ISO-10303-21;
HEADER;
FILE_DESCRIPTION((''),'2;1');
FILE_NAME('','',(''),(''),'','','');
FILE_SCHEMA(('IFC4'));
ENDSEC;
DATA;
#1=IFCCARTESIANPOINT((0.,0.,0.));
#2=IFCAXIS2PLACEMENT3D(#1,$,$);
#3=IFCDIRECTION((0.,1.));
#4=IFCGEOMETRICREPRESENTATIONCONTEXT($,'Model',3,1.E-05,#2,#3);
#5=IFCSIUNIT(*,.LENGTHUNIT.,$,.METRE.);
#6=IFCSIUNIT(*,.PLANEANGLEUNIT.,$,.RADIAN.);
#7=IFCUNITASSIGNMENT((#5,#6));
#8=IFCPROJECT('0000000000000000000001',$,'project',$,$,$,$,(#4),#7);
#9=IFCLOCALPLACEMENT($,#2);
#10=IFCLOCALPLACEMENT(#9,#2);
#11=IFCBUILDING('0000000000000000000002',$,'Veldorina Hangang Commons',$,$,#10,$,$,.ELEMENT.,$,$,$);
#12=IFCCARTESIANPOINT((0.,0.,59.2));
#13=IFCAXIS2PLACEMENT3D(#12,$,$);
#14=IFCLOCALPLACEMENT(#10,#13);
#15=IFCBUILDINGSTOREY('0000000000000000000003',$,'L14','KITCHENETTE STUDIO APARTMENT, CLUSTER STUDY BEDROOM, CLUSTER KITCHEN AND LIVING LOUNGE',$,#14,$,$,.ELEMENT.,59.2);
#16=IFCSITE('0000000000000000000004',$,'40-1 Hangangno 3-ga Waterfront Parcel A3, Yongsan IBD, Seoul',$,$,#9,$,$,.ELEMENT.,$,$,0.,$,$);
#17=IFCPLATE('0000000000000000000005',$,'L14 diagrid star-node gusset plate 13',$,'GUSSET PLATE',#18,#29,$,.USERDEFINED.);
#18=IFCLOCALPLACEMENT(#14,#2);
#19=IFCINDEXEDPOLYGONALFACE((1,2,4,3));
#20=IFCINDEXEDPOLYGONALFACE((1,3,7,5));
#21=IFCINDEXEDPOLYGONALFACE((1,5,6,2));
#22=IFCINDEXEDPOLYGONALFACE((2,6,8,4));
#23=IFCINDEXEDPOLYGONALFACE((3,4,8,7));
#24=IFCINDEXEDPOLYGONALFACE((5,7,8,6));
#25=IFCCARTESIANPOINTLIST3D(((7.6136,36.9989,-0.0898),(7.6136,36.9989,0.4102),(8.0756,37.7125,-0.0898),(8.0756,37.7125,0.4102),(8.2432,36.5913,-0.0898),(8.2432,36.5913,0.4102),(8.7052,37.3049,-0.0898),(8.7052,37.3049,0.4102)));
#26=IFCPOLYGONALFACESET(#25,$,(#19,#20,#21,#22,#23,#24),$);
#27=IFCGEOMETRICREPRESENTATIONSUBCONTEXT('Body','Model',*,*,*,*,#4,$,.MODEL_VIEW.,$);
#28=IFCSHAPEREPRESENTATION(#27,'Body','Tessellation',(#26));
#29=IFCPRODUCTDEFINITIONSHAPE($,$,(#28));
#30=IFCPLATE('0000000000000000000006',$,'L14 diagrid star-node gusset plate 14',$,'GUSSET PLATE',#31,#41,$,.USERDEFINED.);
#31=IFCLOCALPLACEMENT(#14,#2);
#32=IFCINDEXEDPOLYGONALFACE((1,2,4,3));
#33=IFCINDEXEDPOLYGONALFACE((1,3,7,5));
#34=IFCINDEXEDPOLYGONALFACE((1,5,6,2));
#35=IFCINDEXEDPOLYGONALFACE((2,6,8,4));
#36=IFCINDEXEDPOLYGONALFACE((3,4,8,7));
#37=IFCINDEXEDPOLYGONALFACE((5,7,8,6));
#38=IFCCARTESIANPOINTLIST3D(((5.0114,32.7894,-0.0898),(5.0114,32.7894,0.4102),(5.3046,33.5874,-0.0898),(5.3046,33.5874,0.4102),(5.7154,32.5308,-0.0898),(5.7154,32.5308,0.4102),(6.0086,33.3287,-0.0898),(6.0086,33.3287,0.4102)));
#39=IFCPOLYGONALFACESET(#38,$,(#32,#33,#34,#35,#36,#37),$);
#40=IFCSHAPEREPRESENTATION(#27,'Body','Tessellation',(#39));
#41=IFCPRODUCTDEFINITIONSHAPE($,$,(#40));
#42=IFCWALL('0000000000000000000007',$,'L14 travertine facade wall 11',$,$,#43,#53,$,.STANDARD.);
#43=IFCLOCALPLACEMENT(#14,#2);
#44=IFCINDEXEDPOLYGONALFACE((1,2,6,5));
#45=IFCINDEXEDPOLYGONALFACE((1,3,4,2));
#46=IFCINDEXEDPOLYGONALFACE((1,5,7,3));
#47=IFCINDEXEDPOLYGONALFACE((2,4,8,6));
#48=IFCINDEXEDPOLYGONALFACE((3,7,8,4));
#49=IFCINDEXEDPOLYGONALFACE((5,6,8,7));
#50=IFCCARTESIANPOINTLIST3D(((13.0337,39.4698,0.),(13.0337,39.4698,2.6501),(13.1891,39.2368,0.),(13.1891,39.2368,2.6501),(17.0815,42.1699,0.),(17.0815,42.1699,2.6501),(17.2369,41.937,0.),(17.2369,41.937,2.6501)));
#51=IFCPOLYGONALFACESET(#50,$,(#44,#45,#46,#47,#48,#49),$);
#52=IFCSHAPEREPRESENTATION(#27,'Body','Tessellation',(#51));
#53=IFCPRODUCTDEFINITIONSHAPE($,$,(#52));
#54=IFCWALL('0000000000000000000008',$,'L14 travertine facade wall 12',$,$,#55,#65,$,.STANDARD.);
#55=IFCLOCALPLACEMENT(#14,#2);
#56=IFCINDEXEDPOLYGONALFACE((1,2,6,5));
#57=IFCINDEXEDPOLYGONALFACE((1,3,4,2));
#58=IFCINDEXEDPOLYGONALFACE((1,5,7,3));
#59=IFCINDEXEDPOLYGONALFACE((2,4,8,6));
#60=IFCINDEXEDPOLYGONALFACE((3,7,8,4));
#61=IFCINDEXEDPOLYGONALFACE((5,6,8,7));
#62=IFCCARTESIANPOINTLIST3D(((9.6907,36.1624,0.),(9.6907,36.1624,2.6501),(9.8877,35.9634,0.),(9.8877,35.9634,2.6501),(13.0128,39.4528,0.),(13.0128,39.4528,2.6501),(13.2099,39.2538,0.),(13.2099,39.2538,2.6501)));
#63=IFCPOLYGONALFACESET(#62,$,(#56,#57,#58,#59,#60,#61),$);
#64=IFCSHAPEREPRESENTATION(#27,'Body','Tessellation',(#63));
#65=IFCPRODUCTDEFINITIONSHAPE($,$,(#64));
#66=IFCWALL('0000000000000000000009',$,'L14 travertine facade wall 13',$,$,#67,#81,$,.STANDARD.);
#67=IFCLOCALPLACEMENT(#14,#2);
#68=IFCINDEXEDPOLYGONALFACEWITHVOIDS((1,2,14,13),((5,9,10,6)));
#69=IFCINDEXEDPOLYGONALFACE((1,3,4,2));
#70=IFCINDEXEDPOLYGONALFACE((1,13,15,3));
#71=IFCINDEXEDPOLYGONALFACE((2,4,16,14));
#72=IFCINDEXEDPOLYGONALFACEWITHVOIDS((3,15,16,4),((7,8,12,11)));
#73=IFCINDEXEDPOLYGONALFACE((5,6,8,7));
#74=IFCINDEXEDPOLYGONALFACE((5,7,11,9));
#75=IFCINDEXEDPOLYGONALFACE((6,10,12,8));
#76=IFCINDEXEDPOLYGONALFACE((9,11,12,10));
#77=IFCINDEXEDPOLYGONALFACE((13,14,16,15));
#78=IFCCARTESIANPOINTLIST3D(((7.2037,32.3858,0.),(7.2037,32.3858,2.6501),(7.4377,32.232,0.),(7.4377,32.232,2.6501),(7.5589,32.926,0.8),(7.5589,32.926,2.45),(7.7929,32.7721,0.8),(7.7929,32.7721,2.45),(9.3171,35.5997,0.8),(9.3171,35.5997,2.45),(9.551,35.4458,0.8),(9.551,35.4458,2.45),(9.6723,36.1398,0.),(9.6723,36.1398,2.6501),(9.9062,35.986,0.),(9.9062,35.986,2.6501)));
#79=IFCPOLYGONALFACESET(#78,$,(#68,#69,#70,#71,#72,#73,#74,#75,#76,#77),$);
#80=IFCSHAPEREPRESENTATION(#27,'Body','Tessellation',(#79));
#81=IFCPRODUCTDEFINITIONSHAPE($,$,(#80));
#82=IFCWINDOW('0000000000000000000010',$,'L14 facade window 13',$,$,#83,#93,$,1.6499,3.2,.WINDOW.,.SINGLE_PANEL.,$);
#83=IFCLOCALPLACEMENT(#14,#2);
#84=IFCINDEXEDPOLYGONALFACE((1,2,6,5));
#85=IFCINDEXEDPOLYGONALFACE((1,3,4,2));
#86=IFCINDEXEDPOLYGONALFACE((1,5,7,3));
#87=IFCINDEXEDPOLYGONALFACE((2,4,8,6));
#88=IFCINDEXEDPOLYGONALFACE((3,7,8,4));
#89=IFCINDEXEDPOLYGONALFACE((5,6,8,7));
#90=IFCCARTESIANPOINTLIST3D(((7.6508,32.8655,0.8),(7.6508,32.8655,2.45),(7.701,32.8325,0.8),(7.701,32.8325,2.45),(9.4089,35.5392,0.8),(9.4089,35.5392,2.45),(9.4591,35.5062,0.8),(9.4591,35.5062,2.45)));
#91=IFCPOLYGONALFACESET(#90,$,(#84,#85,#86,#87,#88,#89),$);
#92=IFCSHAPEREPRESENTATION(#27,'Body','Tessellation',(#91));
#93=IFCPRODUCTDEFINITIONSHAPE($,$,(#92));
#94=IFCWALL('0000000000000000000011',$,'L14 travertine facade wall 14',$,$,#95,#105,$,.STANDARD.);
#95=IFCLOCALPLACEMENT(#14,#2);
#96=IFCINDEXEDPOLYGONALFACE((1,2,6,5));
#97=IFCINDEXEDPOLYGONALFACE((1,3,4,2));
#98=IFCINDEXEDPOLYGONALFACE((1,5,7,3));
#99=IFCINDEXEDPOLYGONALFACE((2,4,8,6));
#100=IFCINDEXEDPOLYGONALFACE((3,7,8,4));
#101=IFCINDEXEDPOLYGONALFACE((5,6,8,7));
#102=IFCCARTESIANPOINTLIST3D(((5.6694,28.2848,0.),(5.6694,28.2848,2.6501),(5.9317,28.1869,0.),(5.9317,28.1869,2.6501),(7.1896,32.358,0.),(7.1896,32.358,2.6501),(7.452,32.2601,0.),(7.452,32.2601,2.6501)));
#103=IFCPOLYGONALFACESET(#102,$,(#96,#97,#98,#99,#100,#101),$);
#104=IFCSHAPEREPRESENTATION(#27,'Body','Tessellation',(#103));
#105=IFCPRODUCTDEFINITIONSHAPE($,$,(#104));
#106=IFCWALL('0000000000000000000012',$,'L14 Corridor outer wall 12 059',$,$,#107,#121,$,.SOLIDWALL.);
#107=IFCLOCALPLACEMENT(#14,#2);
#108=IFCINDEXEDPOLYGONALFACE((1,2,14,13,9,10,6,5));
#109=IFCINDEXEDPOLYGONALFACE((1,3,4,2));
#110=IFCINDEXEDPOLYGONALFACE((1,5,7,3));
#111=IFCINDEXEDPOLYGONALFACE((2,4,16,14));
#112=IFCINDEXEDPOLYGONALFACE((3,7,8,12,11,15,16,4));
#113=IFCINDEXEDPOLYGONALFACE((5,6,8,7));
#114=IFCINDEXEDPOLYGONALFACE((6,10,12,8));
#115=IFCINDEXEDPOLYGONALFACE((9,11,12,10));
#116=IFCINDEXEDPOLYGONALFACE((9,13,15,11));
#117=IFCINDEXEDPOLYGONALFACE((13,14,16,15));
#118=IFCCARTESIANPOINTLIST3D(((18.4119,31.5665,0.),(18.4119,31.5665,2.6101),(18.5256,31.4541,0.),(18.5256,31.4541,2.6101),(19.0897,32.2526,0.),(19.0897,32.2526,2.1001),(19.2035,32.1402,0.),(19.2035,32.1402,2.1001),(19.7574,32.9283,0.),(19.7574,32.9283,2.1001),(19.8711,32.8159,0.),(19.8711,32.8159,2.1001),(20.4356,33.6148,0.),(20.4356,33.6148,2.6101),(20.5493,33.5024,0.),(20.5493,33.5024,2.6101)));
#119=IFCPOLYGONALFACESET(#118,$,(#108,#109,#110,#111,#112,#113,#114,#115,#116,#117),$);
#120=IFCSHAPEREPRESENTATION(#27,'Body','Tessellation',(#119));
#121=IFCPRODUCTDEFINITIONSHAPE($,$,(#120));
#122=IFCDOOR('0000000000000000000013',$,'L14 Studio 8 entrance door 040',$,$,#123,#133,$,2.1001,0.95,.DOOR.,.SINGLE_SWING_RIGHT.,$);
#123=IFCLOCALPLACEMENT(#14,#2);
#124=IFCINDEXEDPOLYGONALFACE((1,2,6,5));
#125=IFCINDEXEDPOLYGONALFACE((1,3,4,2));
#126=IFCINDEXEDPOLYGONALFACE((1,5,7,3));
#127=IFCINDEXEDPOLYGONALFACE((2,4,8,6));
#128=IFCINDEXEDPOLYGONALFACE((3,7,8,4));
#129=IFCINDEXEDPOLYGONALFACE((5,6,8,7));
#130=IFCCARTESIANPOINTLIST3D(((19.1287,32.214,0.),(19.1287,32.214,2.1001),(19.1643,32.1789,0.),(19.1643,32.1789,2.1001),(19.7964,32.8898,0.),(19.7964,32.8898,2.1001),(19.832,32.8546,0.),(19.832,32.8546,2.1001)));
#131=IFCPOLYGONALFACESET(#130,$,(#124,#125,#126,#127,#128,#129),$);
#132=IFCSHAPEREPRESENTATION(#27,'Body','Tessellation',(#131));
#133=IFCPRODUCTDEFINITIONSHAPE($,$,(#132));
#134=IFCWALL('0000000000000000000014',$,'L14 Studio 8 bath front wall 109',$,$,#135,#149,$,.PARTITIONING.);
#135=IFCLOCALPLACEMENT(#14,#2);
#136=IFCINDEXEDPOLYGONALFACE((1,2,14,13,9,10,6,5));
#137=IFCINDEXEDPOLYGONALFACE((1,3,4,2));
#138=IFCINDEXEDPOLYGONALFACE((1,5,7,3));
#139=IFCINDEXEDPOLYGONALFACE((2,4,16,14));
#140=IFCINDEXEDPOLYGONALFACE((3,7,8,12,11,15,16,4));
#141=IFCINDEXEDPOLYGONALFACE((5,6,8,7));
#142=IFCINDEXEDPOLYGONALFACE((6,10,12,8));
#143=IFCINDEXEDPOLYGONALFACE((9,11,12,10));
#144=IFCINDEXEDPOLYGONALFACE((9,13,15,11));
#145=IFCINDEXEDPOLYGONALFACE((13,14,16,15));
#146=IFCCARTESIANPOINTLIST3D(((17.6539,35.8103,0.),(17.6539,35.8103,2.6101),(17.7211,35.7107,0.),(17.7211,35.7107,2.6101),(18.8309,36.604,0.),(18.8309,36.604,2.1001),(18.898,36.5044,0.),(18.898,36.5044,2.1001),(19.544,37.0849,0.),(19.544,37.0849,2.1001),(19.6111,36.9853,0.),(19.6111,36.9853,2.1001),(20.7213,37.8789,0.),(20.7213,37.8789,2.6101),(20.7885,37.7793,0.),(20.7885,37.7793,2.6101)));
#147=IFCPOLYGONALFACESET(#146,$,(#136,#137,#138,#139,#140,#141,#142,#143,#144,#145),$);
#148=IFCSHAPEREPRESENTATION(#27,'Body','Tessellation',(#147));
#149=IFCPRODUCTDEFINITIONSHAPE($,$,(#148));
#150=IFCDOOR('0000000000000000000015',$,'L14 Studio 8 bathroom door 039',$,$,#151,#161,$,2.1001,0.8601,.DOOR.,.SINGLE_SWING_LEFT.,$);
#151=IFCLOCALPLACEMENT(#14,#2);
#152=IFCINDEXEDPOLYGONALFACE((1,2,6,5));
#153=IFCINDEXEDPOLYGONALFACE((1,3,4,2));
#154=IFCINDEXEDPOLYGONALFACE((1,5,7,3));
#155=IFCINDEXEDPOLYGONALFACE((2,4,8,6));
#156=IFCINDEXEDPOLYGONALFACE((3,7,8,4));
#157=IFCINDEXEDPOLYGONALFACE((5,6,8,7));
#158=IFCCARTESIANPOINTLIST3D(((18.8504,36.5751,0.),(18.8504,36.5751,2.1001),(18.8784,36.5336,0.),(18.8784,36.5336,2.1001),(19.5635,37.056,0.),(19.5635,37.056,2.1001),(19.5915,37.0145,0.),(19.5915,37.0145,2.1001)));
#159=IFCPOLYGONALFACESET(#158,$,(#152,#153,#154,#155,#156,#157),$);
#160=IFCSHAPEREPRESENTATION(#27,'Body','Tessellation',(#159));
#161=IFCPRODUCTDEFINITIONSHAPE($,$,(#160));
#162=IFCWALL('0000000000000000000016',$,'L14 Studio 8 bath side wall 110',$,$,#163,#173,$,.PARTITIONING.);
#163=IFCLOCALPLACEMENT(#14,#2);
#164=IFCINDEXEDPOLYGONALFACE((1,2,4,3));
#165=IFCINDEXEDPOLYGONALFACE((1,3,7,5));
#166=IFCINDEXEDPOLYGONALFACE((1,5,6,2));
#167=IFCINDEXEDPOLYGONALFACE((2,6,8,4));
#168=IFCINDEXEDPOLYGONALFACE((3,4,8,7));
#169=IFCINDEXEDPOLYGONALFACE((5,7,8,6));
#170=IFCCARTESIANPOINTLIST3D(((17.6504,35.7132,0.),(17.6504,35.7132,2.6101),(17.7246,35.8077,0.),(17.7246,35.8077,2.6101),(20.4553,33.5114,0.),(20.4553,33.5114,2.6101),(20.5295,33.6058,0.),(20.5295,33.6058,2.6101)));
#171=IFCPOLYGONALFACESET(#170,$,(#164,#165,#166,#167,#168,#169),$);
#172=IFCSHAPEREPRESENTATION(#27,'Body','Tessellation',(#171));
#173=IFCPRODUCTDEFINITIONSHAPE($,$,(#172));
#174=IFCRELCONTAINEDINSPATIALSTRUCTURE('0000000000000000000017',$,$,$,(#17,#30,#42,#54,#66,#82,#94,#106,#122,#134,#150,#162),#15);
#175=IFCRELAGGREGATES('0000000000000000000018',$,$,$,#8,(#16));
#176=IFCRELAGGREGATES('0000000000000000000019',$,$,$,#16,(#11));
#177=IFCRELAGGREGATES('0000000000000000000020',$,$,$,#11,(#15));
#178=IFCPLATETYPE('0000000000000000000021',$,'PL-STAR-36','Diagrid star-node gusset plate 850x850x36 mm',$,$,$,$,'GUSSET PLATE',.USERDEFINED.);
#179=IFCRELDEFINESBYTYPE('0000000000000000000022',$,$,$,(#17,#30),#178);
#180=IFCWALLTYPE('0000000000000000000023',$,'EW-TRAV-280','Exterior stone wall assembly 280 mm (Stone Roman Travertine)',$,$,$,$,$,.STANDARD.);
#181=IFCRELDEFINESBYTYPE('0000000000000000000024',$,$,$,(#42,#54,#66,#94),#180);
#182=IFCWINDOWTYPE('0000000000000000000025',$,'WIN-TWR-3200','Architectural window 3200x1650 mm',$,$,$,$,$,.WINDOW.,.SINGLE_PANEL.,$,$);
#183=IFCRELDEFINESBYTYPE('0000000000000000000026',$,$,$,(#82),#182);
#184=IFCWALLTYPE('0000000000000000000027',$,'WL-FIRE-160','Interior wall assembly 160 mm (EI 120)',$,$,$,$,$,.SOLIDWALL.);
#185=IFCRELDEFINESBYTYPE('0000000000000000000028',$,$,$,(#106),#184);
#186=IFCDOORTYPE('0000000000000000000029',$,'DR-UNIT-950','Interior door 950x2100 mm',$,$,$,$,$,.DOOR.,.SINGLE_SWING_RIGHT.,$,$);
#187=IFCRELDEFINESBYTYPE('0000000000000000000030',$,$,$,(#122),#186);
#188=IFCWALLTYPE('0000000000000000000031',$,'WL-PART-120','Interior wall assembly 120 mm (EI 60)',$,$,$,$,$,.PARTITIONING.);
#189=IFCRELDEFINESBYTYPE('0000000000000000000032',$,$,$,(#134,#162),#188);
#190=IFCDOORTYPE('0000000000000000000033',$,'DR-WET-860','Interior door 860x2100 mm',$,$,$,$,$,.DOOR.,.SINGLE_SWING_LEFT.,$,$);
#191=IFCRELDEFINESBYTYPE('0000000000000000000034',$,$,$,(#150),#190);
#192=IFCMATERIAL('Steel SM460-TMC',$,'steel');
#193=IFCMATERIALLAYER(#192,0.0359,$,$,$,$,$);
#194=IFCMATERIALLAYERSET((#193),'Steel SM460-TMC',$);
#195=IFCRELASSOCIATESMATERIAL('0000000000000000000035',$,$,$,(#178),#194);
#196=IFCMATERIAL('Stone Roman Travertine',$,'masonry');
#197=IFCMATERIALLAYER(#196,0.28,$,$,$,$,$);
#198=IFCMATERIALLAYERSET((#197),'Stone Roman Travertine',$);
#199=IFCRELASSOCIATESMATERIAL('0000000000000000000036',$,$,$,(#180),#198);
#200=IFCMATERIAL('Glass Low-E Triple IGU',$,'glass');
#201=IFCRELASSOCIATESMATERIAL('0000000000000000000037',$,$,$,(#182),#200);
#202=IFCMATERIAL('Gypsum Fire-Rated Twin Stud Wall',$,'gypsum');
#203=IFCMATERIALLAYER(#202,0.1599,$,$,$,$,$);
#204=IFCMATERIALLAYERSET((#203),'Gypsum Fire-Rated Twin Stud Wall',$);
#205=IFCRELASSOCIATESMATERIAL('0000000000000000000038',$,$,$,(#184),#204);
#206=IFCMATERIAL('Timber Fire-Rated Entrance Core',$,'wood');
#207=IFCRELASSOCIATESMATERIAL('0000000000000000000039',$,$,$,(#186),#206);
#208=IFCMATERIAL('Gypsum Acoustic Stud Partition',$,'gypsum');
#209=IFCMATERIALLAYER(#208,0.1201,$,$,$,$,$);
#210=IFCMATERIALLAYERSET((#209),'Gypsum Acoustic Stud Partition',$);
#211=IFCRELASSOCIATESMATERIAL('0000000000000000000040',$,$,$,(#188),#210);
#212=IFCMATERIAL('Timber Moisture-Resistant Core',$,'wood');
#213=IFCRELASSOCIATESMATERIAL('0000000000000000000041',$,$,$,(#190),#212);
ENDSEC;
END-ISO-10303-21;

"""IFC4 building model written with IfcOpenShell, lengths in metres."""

from ifc_helpers import new_model, si_unit, direction, frame, frame_2d, origin, origin_2d, place, context, subcontext, project, spatial, rectangle, extrude, material, layer, layer_set, type_object, element, fill, save


model = new_model("IFC4")

# Units and contexts
model_context = context("Model", 3, precision=1e-05, world=origin(), true_north=direction((0.0, 1.0)))
body_context = subcontext(model_context, "Body", "Model", "MODEL_VIEW")
ifc_project = project(units=[si_unit("LENGTHUNIT", "METRE"), si_unit("PLANEANGLEUNIT", "RADIAN")], contexts=[model_context])

# Site, building, storey
site_placement = place(None, origin())
site = spatial("IfcSite", under=ifc_project, at=site_placement, Name="40-1 Hangangno 3-ga Waterfront Parcel A3, Yongsan IBD, Seoul", CompositionType="ELEMENT", RefElevation=0.0)
building_placement = place(site_placement, origin())
building = spatial("IfcBuilding", under=site, at=building_placement, Name="Veldorina Hangang Commons", CompositionType="ELEMENT")
storey_placement = place(building_placement, frame((0.0, 0.0, 59.2)))
storey = spatial("IfcBuildingStorey", under=building, at=storey_placement, Name="L14", Description="KITCHENETTE STUDIO APARTMENT, CLUSTER STUDY BEDROOM, CLUSTER KITCHEN AND LIVING LOUNGE", CompositionType="ELEMENT", Elevation=59.2)

# Shared definitions
ifc_material_1 = material(Name="Steel SM460-TMC", Category="steel")

# Plates
ifc_layer_1 = layer(ifc_material_1, 0.0359)
ifc_layer_set_1 = layer_set([ifc_layer_1], Name="Steel SM460-TMC")
plate_type = type_object("IfcPlateType", Name="PL-STAR-36", Description="Diagrid star-node gusset plate 850x850x36 mm", ElementType="GUSSET PLATE", PredefinedType="USERDEFINED", material=ifc_layer_set_1)
for number, where, z_axis, x_axis, name in (
    (1, (8.1594, 37.1519, -0.0898), (0.0, 0.0, 1.0), (-0.543467, -0.83943, 0.0), "L14 diagrid star-node gusset plate 13"),
    (2, (5.51, 33.0591, -0.0898), (0.0, 0.0, 1.0), (-0.344889, -0.938644, 0.0), "L14 diagrid star-node gusset plate 14"),
):
    element("IfcPlate", number, at=place(storey_placement, frame(where, z_axis=z_axis, x_axis=x_axis)), inside=storey, type_object=plate_type, Name=name, ObjectType="GUSSET PLATE", PredefinedType="USERDEFINED", context=body_context, shape_type="SweptSolid", body=[
        extrude(rectangle(XDim=0.8501, YDim=0.75, at=origin_2d()), origin(), (0.0, 0.0, 1.0), 0.5),
    ])

# Walls
ifc_material_2 = material(Name="Stone Roman Travertine", Category="masonry")
ifc_layer_2 = layer(ifc_material_2, 0.28)
ifc_layer_set_2 = layer_set([ifc_layer_2], Name="Stone Roman Travertine")
wall_type_1 = type_object("IfcWallType", Name="EW-TRAV-280", Description="Exterior stone wall assembly 280 mm (Stone Roman Travertine)", PredefinedType="STANDARD", material=ifc_layer_set_2)
wall_1_placement = place(storey_placement, frame((17.1592, 42.0535, 0.0), z_axis=(0.0, 0.0, 1.0), x_axis=(-0.831896, -0.554932, 0.0)))
element("IfcWall", 3, at=wall_1_placement, inside=storey, type_object=wall_type_1, Name="L14 travertine facade wall 11", PredefinedType="STANDARD", context=body_context, shape_type="SweptSolid", body=[
    extrude(rectangle(XDim=4.8657, YDim=0.28, at=frame_2d((2.4329, 0.0))), origin(), (0.0, 0.0, 1.0), 2.6501),
])
wall_2_placement = place(storey_placement, frame((13.1113, 39.3533, 0.0), z_axis=(0.0, 0.0, 1.0), x_axis=(-0.710493, -0.703705, 0.0)))
element("IfcWall", 4, at=wall_2_placement, inside=storey, type_object=wall_type_1, Name="L14 travertine facade wall 12", PredefinedType="STANDARD", context=body_context, shape_type="SweptSolid", body=[
    extrude(rectangle(XDim=4.6758, YDim=0.28, at=frame_2d((2.3379, 0.0))), origin(), (0.0, 0.0, 1.0), 2.6501),
])

# Wall, opening, window
wall_3_placement = place(storey_placement, frame((9.7893, 36.063, 0.0), z_axis=(0.0, 0.0, 1.0), x_axis=(-0.549435, -0.835537, 0.0)))
wall_3 = element("IfcWall", 5, at=wall_3_placement, inside=storey, type_object=wall_type_1, Name="L14 travertine facade wall 13", PredefinedType="STANDARD", context=body_context, shape_type="SweptSolid", body=[
    extrude(rectangle(XDim=4.4929, YDim=0.28, at=frame_2d((2.2466, 0.0))), origin(), (0.0, 0.0, 1.0), 2.6501),
])
opening_1_placement = place(wall_3_placement, frame((0.6465, 0.0, 0.8)))
opening_1 = element("IfcOpeningElement", 6, at=opening_1_placement, cuts=wall_3, PredefinedType="OPENING", context=body_context, shape_type="SweptSolid", body=[
    extrude(rectangle(XDim=3.2, YDim=1.6499, at=frame_2d((1.6001, 0.825))), frame((0.0, 0.1499, 0.0), z_axis=(0.0, -1.0, 0.0), x_axis=(1.0, 0.0, 0.0)), (0.0, 0.0, 1.0), 0.3),
])
ifc_material_3 = material(Name="Glass Low-E Triple IGU", Category="glass")
window_type = type_object("IfcWindowType", Name="WIN-TWR-3200", Description="Architectural window 3200x1650 mm", PartitioningType="SINGLE_PANEL", PredefinedType="WINDOW", material=ifc_material_3)
window_placement = place(opening_1_placement, origin())
window = element("IfcWindow", 7, at=window_placement, inside=storey, type_object=window_type, Name="L14 facade window 13", OverallHeight=1.6499, OverallWidth=3.2, PartitioningType="SINGLE_PANEL", PredefinedType="WINDOW", context=body_context, shape_type="SweptSolid", body=[
    extrude(rectangle(XDim=3.2, YDim=1.6499, at=frame_2d((1.6001, 0.825))), frame((0.0, 0.03, 0.0), z_axis=(0.0, -1.0, 0.0), x_axis=(1.0, 0.0, 0.0)), (0.0, 0.0, 1.0), 0.0601),
])
fill(opening_1, window)

# Wall
wall_4_placement = place(storey_placement, frame((7.3208, 32.3091, 0.0), z_axis=(0.0, 0.0, 1.0), x_axis=(-0.349671, -0.936873, 0.0)))
element("IfcWall", 8, at=wall_4_placement, inside=storey, type_object=wall_type_1, Name="L14 travertine facade wall 14", PredefinedType="STANDARD", context=body_context, shape_type="SweptSolid", body=[
    extrude(rectangle(XDim=4.3477, YDim=0.28, at=frame_2d((2.1738, 0.0))), origin(), (0.0, 0.0, 1.0), 2.6501),
])

# Walls, openings, doors
ifc_material_4 = material(Name="Gypsum Fire-Rated Twin Stud Wall", Category="gypsum")
ifc_layer_3 = layer(ifc_material_4, 0.1599)
ifc_layer_set_3 = layer_set([ifc_layer_3], Name="Gypsum Fire-Rated Twin Stud Wall")
wall_type_2 = type_object("IfcWallType", Name="WL-FIRE-160", Description="Interior wall assembly 160 mm (EI 120)", PredefinedType="SOLIDWALL", material=ifc_layer_set_3)
wall_5_placement = place(storey_placement, frame((20.4924, 33.5586, 0.0), z_axis=(0.0, 0.0, 1.0), x_axis=(-0.702812, -0.711376, 0.0)))
wall_5 = element("IfcWall", 9, at=wall_5_placement, inside=storey, type_object=wall_type_2, Name="L14 Corridor outer wall 12 059", PredefinedType="SOLIDWALL", context=body_context, shape_type="SweptSolid", body=[
    extrude(rectangle(XDim=2.8794, YDim=0.1599, at=frame_2d((1.4397, 0.0))), origin(), (0.0, 0.0, 1.0), 2.6101),
])
opening_2_placement = place(wall_5_placement, frame((0.9648, 0.0, 0.0)))
opening_2 = element("IfcOpeningElement", 10, at=opening_2_placement, cuts=wall_5, PredefinedType="OPENING", context=body_context, shape_type="SweptSolid", body=[
    extrude(rectangle(XDim=0.95, YDim=2.1001, at=frame_2d((0.4751, 1.05))), frame((0.0, 0.0898, 0.0), z_axis=(0.0, -1.0, 0.0), x_axis=(1.0, 0.0, 0.0)), (0.0, 0.0, 1.0), 0.1799),
])
ifc_material_5 = material(Name="Timber Fire-Rated Entrance Core", Category="wood")
door_type_1 = type_object("IfcDoorType", Name="DR-UNIT-950", Description="Interior door 950x2100 mm", OperationType="SINGLE_SWING_RIGHT", PredefinedType="DOOR", material=ifc_material_5)
door_1_placement = place(opening_2_placement, origin())
door_1 = element("IfcDoor", 11, at=door_1_placement, inside=storey, type_object=door_type_1, Name="L14 Studio 8 entrance door 040", OperationType="SINGLE_SWING_RIGHT", OverallHeight=2.1001, OverallWidth=0.95, PredefinedType="DOOR", context=body_context, shape_type="SweptSolid", body=[
    extrude(rectangle(XDim=0.95, YDim=2.1001, at=frame_2d((0.4751, 1.05))), frame((0.0, 0.0249, 0.0), z_axis=(0.0, -1.0, 0.0), x_axis=(1.0, 0.0, 0.0)), (0.0, 0.0, 1.0), 0.05),
])
fill(opening_2, door_1)
ifc_material_6 = material(Name="Gypsum Acoustic Stud Partition", Category="gypsum")
ifc_layer_4 = layer(ifc_material_6, 0.1201)
ifc_layer_set_4 = layer_set([ifc_layer_4], Name="Gypsum Acoustic Stud Partition")
wall_type_3 = type_object("IfcWallType", Name="WL-PART-120", Description="Interior wall assembly 120 mm (EI 60)", PredefinedType="PARTITIONING", material=ifc_layer_set_4)
wall_6_placement = place(storey_placement, frame((20.7549, 37.8291, 0.0), z_axis=(0.0, 0.0, 1.0), x_axis=(-0.829084, -0.559124, 0.0)))
wall_6 = element("IfcWall", 12, at=wall_6_placement, inside=storey, type_object=wall_type_3, Name="L14 Studio 8 bath front wall 109", PredefinedType="PARTITIONING", context=body_context, shape_type="SweptSolid", body=[
    extrude(rectangle(XDim=3.6997, YDim=0.1201, at=frame_2d((1.8499, 0.0))), origin(), (0.0, 0.0, 1.0), 2.6101),
])
opening_3_placement = place(wall_6_placement, frame((1.4199, 0.0, 0.0)))
opening_3 = element("IfcOpeningElement", 13, at=opening_3_placement, cuts=wall_6, PredefinedType="OPENING", context=body_context, shape_type="SweptSolid", body=[
    extrude(rectangle(XDim=0.8601, YDim=2.1001, at=frame_2d((0.4302, 1.05))), frame((0.0, 0.0701, 0.0), z_axis=(0.0, -1.0, 0.0), x_axis=(1.0, 0.0, 0.0)), (0.0, 0.0, 1.0), 0.1401),
])
ifc_material_7 = material(Name="Timber Moisture-Resistant Core", Category="wood")
door_type_2 = type_object("IfcDoorType", Name="DR-WET-860", Description="Interior door 860x2100 mm", OperationType="SINGLE_SWING_LEFT", PredefinedType="DOOR", material=ifc_material_7)
door_2_placement = place(opening_3_placement, origin())
door_2 = element("IfcDoor", 14, at=door_2_placement, inside=storey, type_object=door_type_2, Name="L14 Studio 8 bathroom door 039", OperationType="SINGLE_SWING_LEFT", OverallHeight=2.1001, OverallWidth=0.8601, PredefinedType="DOOR", context=body_context, shape_type="SweptSolid", body=[
    extrude(rectangle(XDim=0.8601, YDim=2.1001, at=frame_2d((0.4302, 1.05))), frame((0.0, 0.0249, 0.0), z_axis=(0.0, -1.0, 0.0), x_axis=(1.0, 0.0, 0.0)), (0.0, 0.0, 1.0), 0.05),
])
fill(opening_3, door_2)

# Wall
wall_7_placement = place(storey_placement, frame((20.4924, 33.5586, 0.0), z_axis=(0.0, 0.0, 1.0), x_axis=(-0.786587, 0.61748, 0.0)))
element("IfcWall", 15, at=wall_7_placement, inside=storey, type_object=wall_type_3, Name="L14 Studio 8 bath side wall 110", PredefinedType="PARTITIONING", context=body_context, shape_type="SweptSolid", body=[
    extrude(rectangle(XDim=3.5659, YDim=0.1201, at=frame_2d((1.783, 0.0))), origin(), (0.0, 0.0, 1.0), 2.6101),
])

save(model, "model.ifc")
